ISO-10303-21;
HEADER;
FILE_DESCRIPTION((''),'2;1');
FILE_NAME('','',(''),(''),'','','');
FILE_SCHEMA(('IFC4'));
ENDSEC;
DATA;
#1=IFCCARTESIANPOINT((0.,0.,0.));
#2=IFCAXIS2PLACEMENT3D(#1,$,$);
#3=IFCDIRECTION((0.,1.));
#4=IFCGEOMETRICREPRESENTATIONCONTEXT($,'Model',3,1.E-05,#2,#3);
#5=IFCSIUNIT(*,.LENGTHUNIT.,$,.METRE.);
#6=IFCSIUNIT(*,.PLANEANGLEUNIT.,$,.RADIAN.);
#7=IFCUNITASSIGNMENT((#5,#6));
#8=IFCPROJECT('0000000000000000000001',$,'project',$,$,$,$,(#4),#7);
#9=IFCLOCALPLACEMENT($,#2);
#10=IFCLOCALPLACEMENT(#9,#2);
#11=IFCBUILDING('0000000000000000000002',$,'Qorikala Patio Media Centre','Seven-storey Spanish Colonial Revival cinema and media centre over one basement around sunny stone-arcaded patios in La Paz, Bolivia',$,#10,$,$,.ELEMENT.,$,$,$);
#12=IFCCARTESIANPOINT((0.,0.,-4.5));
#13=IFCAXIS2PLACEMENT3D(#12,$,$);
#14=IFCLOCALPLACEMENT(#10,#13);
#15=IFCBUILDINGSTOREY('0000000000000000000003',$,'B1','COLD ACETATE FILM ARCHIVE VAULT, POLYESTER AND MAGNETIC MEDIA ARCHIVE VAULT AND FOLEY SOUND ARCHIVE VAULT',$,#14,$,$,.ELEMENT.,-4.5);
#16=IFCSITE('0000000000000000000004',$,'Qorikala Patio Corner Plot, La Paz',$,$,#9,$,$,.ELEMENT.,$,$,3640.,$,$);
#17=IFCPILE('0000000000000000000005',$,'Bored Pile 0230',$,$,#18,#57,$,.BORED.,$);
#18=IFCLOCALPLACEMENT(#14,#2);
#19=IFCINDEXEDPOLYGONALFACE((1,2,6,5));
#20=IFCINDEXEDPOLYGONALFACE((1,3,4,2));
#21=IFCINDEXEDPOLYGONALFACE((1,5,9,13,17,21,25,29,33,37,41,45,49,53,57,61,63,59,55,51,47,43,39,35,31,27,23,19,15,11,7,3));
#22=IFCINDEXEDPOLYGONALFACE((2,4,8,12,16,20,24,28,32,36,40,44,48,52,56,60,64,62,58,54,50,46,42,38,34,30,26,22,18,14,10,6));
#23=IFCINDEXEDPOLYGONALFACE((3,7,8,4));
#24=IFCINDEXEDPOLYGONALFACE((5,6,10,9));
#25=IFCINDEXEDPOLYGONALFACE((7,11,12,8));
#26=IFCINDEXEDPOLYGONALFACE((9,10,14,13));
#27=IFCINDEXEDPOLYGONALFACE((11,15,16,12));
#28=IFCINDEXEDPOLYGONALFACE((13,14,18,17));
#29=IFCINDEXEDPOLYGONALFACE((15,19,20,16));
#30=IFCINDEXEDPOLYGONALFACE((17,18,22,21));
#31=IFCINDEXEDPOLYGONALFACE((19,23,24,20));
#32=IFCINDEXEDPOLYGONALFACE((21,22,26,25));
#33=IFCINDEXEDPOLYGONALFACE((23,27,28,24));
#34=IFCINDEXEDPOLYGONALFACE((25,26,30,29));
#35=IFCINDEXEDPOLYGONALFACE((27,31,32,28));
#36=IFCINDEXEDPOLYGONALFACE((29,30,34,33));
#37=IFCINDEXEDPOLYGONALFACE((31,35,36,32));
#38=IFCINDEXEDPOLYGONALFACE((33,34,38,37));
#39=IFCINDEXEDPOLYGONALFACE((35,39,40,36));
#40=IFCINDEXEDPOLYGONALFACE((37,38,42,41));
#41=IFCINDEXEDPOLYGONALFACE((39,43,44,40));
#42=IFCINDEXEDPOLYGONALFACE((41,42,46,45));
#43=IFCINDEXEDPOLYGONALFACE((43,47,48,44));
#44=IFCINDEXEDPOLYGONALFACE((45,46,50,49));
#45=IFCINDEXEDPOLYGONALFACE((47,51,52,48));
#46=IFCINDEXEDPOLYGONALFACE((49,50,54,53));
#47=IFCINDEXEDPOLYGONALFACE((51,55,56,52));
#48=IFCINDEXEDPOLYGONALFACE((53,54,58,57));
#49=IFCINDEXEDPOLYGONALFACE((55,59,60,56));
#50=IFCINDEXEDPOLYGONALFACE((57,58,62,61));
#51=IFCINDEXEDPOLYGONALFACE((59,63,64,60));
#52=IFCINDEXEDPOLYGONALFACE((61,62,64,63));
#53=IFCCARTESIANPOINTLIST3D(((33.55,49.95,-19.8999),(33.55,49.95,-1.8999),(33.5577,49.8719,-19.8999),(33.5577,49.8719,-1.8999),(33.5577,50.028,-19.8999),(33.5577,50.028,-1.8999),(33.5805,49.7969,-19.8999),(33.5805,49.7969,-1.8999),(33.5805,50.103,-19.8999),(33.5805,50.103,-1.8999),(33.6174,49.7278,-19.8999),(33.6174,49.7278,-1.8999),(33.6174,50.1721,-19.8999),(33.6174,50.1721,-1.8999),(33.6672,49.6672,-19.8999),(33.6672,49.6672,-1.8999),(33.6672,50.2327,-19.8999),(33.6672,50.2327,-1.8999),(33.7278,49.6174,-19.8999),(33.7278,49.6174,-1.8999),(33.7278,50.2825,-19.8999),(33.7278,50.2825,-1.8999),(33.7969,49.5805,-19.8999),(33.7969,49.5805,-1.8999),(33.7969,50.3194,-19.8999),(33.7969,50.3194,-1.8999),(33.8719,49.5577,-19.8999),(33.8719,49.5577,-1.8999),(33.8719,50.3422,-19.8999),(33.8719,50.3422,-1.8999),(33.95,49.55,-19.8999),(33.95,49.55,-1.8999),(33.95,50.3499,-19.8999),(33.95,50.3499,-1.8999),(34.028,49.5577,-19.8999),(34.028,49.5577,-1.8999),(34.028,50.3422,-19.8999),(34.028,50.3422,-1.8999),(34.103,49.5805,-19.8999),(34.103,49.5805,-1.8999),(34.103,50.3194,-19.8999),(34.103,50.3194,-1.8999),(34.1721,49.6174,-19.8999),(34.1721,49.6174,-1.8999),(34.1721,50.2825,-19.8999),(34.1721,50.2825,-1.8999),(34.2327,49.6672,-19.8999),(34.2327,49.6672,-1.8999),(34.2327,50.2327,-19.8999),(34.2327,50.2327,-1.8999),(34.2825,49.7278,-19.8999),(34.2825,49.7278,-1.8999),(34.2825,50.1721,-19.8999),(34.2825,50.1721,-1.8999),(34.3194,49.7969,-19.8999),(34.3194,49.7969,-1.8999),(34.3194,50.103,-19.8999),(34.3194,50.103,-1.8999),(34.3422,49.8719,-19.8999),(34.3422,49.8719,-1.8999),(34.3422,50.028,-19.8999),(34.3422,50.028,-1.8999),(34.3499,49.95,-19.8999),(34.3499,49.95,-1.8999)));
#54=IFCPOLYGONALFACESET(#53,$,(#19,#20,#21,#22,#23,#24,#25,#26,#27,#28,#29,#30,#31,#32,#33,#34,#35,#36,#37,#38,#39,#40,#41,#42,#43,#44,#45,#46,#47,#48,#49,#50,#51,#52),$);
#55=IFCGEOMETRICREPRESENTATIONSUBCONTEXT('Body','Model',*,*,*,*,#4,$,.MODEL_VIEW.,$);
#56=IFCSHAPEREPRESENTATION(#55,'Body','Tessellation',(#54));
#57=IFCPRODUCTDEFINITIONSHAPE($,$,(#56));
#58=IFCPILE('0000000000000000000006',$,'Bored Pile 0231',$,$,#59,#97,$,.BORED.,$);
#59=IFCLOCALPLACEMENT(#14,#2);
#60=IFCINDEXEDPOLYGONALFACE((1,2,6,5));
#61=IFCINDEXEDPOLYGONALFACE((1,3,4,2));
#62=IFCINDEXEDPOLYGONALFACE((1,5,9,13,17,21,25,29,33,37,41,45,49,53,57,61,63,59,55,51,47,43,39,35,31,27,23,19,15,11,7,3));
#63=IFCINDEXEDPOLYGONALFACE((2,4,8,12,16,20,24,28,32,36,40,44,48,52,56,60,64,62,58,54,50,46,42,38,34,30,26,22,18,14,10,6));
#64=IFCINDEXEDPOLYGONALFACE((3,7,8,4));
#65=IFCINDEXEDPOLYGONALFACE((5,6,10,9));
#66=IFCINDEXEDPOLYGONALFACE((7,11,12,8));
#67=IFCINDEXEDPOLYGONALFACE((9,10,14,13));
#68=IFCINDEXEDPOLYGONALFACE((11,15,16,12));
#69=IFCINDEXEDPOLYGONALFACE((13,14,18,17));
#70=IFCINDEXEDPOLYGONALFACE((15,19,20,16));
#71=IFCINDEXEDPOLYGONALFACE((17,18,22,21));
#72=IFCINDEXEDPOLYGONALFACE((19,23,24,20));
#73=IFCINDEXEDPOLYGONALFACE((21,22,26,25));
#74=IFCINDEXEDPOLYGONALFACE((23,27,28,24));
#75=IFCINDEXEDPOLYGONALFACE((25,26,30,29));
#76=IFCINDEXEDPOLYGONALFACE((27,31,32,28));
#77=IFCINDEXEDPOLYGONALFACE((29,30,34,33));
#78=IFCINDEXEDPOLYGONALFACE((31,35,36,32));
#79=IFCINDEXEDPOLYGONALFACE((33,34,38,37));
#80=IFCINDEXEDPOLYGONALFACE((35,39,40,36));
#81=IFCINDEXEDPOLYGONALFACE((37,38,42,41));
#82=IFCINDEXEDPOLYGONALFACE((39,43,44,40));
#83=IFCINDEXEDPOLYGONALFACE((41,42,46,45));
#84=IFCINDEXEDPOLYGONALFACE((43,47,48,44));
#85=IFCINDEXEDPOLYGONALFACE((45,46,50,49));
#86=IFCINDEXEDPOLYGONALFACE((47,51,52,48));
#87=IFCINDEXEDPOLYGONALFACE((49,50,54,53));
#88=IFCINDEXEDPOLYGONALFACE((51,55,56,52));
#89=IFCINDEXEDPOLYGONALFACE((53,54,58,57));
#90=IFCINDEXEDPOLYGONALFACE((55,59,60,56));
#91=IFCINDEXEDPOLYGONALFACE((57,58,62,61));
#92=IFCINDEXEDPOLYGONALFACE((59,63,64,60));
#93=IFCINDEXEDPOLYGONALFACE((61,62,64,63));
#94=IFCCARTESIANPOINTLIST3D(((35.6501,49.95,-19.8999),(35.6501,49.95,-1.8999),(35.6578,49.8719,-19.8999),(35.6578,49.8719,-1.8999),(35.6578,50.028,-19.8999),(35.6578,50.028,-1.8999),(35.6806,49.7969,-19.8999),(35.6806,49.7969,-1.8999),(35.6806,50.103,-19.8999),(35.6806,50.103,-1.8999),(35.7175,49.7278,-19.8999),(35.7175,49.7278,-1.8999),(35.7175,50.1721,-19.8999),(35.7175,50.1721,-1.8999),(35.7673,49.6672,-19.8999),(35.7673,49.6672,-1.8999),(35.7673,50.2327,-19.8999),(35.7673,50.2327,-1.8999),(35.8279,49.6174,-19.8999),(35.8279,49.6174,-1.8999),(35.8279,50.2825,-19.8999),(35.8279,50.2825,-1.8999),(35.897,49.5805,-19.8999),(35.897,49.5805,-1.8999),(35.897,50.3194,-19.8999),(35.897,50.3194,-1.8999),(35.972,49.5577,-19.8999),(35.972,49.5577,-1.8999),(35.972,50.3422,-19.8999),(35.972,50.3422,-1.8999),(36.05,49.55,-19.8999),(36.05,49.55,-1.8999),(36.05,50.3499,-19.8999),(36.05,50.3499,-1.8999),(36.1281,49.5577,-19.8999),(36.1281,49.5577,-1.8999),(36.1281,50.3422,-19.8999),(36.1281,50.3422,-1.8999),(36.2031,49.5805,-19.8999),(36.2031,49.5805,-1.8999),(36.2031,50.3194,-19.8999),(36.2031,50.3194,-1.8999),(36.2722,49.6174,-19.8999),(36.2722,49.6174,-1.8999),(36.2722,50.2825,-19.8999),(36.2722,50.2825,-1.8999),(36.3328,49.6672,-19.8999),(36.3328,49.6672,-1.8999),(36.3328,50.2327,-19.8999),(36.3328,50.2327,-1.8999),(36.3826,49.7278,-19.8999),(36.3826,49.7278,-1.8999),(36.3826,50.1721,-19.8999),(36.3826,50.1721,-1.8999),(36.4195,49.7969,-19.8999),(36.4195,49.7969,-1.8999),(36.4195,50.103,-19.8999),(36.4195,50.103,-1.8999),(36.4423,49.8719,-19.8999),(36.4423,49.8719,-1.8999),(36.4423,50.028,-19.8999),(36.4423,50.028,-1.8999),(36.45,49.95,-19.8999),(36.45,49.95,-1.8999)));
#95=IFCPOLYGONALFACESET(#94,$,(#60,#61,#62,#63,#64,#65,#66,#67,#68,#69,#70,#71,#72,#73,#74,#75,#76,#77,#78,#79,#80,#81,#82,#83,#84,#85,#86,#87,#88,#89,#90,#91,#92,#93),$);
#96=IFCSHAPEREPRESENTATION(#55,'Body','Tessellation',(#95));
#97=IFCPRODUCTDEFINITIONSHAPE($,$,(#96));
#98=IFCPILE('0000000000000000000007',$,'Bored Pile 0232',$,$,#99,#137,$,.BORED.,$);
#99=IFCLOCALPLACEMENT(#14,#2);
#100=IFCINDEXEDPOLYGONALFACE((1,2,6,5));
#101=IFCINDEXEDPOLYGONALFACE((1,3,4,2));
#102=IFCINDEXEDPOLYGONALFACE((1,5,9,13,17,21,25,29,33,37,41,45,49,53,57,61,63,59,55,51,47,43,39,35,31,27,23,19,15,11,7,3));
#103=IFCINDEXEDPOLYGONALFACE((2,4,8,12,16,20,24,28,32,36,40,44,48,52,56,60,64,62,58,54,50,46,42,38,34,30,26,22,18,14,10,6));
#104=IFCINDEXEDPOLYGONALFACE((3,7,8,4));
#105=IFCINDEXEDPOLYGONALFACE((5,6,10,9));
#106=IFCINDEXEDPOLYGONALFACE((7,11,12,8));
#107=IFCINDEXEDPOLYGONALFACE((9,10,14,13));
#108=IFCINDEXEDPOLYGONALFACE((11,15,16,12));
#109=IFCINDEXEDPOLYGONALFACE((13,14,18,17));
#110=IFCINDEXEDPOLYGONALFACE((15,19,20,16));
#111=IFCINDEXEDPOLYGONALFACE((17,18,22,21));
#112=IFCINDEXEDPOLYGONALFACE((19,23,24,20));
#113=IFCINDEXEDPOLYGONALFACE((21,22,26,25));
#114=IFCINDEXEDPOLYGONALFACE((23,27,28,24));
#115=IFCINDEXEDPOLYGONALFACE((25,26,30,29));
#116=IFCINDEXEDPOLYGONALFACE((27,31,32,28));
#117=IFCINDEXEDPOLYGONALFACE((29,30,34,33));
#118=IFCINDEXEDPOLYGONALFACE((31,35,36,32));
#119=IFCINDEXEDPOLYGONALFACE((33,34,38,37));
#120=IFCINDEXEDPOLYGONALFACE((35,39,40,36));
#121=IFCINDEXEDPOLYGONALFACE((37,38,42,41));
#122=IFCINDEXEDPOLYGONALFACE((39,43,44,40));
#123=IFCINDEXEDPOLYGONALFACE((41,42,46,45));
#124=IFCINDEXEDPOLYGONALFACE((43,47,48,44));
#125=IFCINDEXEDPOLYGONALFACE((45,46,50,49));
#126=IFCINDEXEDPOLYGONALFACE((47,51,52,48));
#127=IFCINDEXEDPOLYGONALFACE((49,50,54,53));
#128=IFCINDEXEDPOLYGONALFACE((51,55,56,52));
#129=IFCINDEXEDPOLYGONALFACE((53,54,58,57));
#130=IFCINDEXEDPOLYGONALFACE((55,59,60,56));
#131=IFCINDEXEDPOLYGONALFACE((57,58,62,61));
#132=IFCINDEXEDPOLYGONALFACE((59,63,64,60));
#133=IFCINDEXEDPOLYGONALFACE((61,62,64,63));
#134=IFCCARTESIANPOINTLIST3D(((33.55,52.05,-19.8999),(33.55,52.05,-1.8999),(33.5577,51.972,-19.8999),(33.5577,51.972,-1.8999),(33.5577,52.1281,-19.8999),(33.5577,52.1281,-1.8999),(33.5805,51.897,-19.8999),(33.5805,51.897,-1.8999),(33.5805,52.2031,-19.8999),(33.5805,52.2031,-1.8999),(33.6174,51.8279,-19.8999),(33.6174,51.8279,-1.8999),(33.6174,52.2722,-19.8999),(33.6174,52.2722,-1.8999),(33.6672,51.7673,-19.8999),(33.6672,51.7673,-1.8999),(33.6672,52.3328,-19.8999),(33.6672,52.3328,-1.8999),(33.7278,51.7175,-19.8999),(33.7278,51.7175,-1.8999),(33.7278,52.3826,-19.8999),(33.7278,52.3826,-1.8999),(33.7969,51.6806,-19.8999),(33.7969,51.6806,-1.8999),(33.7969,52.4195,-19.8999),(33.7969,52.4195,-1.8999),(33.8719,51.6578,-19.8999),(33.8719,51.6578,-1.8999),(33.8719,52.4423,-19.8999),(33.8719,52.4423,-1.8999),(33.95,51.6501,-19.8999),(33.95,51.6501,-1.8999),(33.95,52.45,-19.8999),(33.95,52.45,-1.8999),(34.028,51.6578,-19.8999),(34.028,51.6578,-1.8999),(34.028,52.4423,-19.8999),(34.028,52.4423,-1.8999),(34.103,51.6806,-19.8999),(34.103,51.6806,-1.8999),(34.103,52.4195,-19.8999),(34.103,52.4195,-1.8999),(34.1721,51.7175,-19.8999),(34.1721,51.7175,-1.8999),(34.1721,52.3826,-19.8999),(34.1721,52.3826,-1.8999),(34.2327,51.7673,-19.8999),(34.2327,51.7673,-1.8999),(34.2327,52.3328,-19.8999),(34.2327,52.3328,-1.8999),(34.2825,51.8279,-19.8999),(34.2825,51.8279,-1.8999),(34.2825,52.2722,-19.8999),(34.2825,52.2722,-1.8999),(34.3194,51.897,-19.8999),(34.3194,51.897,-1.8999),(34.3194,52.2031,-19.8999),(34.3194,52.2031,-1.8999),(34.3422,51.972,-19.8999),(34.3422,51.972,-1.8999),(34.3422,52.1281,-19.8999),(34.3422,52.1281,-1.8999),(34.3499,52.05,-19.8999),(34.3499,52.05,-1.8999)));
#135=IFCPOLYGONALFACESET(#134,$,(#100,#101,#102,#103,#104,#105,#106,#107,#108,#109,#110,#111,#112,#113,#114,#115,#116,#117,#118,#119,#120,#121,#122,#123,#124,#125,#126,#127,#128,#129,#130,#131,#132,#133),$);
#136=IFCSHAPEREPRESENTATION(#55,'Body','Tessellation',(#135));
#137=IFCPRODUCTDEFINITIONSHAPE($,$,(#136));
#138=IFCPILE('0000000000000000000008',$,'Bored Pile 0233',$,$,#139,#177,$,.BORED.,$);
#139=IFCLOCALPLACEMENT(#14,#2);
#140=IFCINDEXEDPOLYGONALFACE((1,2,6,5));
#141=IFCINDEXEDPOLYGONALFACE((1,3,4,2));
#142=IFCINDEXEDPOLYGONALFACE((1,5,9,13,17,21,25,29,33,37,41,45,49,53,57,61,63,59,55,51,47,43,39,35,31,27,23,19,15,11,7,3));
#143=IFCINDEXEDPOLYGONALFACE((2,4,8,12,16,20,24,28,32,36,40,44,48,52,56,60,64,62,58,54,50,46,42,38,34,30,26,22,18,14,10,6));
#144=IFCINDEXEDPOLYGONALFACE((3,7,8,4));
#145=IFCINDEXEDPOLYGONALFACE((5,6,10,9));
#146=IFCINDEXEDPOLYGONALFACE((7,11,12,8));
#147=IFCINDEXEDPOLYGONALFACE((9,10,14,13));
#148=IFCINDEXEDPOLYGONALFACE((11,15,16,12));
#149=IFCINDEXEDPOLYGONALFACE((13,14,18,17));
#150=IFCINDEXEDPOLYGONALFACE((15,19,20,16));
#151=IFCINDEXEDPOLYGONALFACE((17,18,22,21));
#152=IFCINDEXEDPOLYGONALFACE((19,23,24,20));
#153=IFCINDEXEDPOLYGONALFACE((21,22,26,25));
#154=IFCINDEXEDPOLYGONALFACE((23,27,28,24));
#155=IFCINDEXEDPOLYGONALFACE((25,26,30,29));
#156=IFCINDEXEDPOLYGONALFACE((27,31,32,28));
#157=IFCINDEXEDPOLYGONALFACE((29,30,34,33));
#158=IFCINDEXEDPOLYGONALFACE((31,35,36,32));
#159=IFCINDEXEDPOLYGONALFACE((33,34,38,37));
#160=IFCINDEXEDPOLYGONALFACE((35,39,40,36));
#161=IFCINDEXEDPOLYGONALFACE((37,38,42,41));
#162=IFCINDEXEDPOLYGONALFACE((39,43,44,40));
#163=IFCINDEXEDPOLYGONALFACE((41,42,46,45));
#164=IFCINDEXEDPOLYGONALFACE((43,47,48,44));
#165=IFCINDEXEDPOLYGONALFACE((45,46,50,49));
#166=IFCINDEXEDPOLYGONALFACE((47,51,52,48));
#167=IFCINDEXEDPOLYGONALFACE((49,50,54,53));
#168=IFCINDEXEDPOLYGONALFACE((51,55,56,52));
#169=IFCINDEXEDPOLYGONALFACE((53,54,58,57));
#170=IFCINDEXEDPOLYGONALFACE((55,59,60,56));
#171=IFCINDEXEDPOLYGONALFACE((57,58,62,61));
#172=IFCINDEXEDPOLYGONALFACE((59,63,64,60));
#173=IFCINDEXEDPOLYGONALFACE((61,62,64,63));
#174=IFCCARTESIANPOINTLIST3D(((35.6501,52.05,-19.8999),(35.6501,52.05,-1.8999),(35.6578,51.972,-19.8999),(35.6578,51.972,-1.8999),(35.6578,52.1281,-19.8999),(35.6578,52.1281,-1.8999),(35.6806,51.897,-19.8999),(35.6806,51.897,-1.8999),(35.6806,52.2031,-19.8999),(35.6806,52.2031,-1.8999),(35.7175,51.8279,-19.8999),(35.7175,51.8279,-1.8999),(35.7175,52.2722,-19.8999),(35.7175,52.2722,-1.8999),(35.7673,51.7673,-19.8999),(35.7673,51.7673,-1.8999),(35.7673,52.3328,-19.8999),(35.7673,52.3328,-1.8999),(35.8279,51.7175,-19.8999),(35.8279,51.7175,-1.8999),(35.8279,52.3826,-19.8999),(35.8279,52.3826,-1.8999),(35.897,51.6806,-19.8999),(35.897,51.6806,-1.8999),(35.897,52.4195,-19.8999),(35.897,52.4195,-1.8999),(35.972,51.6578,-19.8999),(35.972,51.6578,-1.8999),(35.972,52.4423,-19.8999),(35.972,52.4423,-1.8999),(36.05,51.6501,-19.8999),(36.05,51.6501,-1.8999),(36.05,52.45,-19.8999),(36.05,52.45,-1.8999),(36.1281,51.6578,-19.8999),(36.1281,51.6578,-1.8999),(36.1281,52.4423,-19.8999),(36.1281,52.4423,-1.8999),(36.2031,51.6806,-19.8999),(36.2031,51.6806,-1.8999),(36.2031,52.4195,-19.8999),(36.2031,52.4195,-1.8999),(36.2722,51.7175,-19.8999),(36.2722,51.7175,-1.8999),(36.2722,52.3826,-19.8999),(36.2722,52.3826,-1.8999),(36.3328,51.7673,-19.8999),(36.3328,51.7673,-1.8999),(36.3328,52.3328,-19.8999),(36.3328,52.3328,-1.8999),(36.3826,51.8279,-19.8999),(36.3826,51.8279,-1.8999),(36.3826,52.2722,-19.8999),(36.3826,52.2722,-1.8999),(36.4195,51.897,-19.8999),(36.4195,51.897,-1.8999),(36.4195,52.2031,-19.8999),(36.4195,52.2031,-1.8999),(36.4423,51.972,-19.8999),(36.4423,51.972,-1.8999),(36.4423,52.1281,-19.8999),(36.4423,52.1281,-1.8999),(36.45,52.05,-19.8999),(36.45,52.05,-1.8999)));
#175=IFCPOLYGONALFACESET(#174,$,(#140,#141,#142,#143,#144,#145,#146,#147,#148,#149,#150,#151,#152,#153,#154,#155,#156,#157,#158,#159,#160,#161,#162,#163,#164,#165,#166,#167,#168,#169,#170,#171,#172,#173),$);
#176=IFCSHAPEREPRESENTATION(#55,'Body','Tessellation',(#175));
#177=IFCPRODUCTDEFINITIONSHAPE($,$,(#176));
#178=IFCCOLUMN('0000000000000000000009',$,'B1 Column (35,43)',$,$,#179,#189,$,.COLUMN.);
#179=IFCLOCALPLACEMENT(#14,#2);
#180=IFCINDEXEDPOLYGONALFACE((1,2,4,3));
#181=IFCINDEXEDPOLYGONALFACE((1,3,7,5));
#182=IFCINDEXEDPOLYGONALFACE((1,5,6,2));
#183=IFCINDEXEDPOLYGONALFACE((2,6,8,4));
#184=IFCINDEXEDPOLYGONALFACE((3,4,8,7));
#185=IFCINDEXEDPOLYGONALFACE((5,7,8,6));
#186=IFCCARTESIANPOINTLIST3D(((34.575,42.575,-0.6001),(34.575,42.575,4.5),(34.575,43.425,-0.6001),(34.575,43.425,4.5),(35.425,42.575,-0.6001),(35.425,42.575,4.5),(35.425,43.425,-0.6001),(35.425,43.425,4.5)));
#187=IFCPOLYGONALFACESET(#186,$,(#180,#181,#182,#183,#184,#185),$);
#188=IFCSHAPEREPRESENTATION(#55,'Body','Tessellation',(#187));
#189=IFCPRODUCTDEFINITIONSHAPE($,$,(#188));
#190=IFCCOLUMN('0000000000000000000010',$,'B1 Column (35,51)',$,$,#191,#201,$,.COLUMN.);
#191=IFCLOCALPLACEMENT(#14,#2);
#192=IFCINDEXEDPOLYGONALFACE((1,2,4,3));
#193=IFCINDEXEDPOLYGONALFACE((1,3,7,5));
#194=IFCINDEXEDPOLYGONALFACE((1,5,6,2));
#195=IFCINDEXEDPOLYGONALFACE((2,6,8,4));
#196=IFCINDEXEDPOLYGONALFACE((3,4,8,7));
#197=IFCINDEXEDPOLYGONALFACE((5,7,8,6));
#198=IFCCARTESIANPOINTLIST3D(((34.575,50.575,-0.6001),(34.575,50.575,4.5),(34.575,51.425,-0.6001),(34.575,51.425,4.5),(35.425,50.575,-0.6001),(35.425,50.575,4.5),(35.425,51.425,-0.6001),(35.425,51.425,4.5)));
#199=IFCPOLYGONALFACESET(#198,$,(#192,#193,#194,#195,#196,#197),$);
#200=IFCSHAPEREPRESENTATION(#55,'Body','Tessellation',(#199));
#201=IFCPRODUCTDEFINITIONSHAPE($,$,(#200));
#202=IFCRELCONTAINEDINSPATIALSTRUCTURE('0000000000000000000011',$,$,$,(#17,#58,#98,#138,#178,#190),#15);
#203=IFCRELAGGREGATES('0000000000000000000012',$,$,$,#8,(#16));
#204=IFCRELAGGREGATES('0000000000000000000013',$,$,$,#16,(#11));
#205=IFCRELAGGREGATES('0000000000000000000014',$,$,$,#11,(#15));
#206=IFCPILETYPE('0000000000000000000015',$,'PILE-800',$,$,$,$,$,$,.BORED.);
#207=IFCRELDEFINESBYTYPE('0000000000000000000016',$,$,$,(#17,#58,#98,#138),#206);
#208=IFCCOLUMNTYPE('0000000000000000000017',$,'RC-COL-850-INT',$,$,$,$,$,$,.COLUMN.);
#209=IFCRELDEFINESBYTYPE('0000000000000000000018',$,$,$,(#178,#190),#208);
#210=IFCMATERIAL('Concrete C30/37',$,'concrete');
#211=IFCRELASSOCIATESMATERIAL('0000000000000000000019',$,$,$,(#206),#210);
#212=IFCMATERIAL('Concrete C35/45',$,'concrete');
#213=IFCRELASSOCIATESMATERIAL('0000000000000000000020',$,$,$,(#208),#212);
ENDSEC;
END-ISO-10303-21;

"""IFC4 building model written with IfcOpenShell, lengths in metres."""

from ifc_helpers import new_model, si_unit, direction, frame, origin, origin_2d, place, context, subcontext, project, spatial, rectangle, circle, extrude, material, material_profile, profile_set, type_object, element, save


model = new_model("IFC4")

# Units and contexts
model_context = context("Model", 3, precision=1e-05, world=origin(), true_north=direction((0.0, 1.0)))
body_context = subcontext(model_context, "Body", "Model", "MODEL_VIEW")
ifc_project = project(units=[si_unit("LENGTHUNIT", "METRE"), si_unit("PLANEANGLEUNIT", "RADIAN")], contexts=[model_context])

# Site, building, storey
site_placement = place(None, origin())
site = spatial("IfcSite", under=ifc_project, at=site_placement, Name="Qorikala Patio Corner Plot, La Paz", CompositionType="ELEMENT", RefElevation=3640.0)
building_placement = place(site_placement, origin())
building = spatial("IfcBuilding", under=site, at=building_placement, Name="Qorikala Patio Media Centre", Description="Seven-storey Spanish Colonial Revival cinema and media centre over one basement around sunny stone-arcaded patios in La Paz, Bolivia", CompositionType="ELEMENT")
storey_placement = place(building_placement, frame((0.0, 0.0, -4.5)))
storey = spatial("IfcBuildingStorey", under=building, at=storey_placement, Name="B1", Description="COLD ACETATE FILM ARCHIVE VAULT, POLYESTER AND MAGNETIC MEDIA ARCHIVE VAULT AND FOLEY SOUND ARCHIVE VAULT", CompositionType="ELEMENT", Elevation=-4.5)

# Shared definitions
ifc_material_1 = material(Name="Concrete C30/37", Category="concrete")

# Piles
ifc_material_profile_1 = material_profile(ifc_material_1, circle(Radius=0.3999, at=origin_2d()), Name="BORED PILE 800")
ifc_profile_set_1 = profile_set([ifc_material_profile_1], Name="Concrete C30/37")
pile_type = type_object("IfcPileType", Name="PILE-800", PredefinedType="BORED", material=ifc_profile_set_1)
for number, where, z_axis, x_axis, name in (
    (1, (33.95, 49.95, -1.8999), (0.0, 0.0, -1.0), (1.0, 0.0, 0.0), "Bored Pile 0230"),
    (2, (36.05, 49.95, -1.8999), (0.0, 0.0, -1.0), (1.0, 0.0, 0.0), "Bored Pile 0231"),
    (3, (33.95, 52.05, -1.8999), (0.0, 0.0, -1.0), (1.0, 0.0, 0.0), "Bored Pile 0232"),
    (4, (36.05, 52.05, -1.8999), (0.0, 0.0, -1.0), (1.0, 0.0, 0.0), "Bored Pile 0233"),
):
    element("IfcPile", number, at=place(storey_placement, frame(where, z_axis=z_axis, x_axis=x_axis)), inside=storey, type_object=pile_type, Name=name, PredefinedType="BORED", context=body_context, shape_type="SweptSolid", body=[
        extrude(circle(Radius=0.3999, at=origin_2d()), origin(), (0.0, 0.0, 1.0), 18.0),
    ])

# Columns
ifc_material_2 = material(Name="Concrete C35/45", Category="concrete")
ifc_material_profile_2 = material_profile(ifc_material_2, rectangle(XDim=0.8501, YDim=0.8501, at=origin_2d()), Name="RC 850x850")
ifc_profile_set_2 = profile_set([ifc_material_profile_2], Name="Concrete C35/45")
column_type_1 = type_object("IfcColumnType", Name="RC-COL-850-INT", PredefinedType="COLUMN", material=ifc_profile_set_2)
for number, where, z_axis, x_axis, name in (
    (5, (35.0, 43.0, -0.6001), (0.0, 0.0, 1.0), (1.0, 0.0, 0.0), "B1 Column (35,43)"),
    (6, (35.0, 51.0, -0.6001), (0.0, 0.0, 1.0), (1.0, 0.0, 0.0), "B1 Column (35,51)"),
):
    element("IfcColumn", number, at=place(storey_placement, frame(where, z_axis=z_axis, x_axis=x_axis)), inside=storey, type_object=column_type_1, Name=name, PredefinedType="COLUMN", context=body_context, shape_type="SweptSolid", body=[
        extrude(rectangle(XDim=0.8501, YDim=0.8501, at=origin_2d()), origin(), (0.0, 0.0, 1.0), 5.1001),
    ])

save(model, "model.ifc")
